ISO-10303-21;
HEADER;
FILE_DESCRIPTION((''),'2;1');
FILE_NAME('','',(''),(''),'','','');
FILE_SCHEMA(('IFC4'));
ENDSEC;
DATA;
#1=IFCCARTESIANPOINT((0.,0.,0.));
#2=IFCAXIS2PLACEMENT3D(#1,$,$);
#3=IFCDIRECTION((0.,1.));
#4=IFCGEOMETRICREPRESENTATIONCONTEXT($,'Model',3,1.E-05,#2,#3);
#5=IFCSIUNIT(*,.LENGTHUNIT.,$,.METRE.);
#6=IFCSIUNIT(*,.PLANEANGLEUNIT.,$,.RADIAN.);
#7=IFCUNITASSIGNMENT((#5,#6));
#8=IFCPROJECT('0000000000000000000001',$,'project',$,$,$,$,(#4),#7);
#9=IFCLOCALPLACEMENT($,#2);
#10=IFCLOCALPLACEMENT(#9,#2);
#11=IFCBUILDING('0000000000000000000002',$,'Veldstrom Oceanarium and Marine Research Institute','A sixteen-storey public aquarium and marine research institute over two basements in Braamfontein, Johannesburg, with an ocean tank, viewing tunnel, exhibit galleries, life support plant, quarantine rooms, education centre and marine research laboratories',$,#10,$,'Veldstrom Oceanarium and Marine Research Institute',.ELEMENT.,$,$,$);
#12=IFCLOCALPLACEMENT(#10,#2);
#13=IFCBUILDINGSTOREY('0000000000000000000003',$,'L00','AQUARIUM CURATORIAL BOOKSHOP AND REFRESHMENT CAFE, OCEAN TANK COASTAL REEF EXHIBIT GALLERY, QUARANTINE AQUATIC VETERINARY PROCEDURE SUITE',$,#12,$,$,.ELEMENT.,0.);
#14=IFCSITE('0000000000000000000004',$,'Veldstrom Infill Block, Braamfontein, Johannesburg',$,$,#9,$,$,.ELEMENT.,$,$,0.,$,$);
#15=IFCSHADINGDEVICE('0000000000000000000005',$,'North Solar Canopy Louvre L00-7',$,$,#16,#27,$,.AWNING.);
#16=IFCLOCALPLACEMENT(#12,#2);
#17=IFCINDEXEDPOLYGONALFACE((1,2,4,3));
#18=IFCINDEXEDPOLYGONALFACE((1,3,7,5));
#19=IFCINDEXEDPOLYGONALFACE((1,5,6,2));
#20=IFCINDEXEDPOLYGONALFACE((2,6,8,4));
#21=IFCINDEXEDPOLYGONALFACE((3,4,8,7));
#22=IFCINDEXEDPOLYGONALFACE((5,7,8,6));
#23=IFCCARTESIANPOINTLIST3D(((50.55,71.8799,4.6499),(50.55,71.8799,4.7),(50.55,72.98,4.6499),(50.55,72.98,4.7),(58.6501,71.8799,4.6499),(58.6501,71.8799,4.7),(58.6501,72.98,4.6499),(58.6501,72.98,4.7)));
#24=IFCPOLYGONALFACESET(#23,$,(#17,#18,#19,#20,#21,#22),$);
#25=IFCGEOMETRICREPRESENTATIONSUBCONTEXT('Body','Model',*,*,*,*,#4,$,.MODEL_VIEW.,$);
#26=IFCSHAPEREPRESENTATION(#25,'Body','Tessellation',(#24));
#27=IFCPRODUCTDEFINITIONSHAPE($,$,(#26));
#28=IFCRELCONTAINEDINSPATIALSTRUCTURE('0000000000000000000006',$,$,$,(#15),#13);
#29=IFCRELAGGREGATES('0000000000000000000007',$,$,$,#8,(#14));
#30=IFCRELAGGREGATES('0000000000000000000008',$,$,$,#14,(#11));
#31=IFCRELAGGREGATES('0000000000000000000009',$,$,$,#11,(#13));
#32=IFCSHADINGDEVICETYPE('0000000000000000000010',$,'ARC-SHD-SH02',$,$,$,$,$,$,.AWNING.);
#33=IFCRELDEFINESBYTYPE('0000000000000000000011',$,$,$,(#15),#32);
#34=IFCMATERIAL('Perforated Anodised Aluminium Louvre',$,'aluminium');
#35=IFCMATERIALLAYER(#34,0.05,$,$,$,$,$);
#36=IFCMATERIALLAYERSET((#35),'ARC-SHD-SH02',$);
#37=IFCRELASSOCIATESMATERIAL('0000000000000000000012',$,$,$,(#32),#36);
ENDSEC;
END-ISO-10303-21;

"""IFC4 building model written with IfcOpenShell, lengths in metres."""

from ifc_helpers import new_model, si_unit, direction, frame, origin, origin_2d, place, context, subcontext, project, spatial, rectangle, extrude, material, layer, layer_set, type_object, element, save


model = new_model("IFC4")

# Units and contexts
model_context = context("Model", 3, precision=1e-05, world=origin(), true_north=direction((0.0, 1.0)))
body_context = subcontext(model_context, "Body", "Model", "MODEL_VIEW")
ifc_project = project(units=[si_unit("LENGTHUNIT", "METRE"), si_unit("PLANEANGLEUNIT", "RADIAN")], contexts=[model_context])

# Site, building, storey
site_placement = place(None, origin())
site = spatial("IfcSite", under=ifc_project, at=site_placement, Name="Veldstrom Infill Block, Braamfontein, Johannesburg", CompositionType="ELEMENT", RefElevation=0.0)
building_placement = place(site_placement, origin())
building = spatial("IfcBuilding", under=site, at=building_placement, Name="Veldstrom Oceanarium and Marine Research Institute", Description="A sixteen-storey public aquarium and marine research institute over two basements in Braamfontein, Johannesburg, with an ocean tank, viewing tunnel, exhibit galleries, life support plant, quarantine rooms, education centre and marine research laboratories", LongName="Veldstrom Oceanarium and Marine Research Institute", CompositionType="ELEMENT")
storey_placement = place(building_placement, origin())
storey = spatial("IfcBuildingStorey", under=building, at=storey_placement, Name="L00", Description="AQUARIUM CURATORIAL BOOKSHOP AND REFRESHMENT CAFE, OCEAN TANK COASTAL REEF EXHIBIT GALLERY, QUARANTINE AQUATIC VETERINARY PROCEDURE SUITE", CompositionType="ELEMENT", Elevation=0.0)

# Shading device
ifc_material_1 = material(Name="Perforated Anodised Aluminium Louvre", Category="aluminium")
ifc_layer_1 = layer(ifc_material_1, 0.05)
ifc_layer_set_1 = layer_set([ifc_layer_1], Name="ARC-SHD-SH02")
shading_device_type = type_object("IfcShadingDeviceType", Name="ARC-SHD-SH02", PredefinedType="AWNING", material=ifc_layer_set_1)
shading_device_placement = place(storey_placement, frame((54.6001, 72.4299, 4.6499), z_axis=(0.0, 0.0, 1.0), x_axis=(1.0, 0.0, 0.0)))
element("IfcShadingDevice", 1, at=shading_device_placement, inside=storey, type_object=shading_device_type, Name="North Solar Canopy Louvre L00-7", PredefinedType="AWNING", context=body_context, shape_type="SweptSolid", body=[
    extrude(rectangle(XDim=8.1001, YDim=1.1001, at=origin_2d()), origin(), (0.0, 0.0, 1.0), 0.05),
])

save(model, "model.ifc")
